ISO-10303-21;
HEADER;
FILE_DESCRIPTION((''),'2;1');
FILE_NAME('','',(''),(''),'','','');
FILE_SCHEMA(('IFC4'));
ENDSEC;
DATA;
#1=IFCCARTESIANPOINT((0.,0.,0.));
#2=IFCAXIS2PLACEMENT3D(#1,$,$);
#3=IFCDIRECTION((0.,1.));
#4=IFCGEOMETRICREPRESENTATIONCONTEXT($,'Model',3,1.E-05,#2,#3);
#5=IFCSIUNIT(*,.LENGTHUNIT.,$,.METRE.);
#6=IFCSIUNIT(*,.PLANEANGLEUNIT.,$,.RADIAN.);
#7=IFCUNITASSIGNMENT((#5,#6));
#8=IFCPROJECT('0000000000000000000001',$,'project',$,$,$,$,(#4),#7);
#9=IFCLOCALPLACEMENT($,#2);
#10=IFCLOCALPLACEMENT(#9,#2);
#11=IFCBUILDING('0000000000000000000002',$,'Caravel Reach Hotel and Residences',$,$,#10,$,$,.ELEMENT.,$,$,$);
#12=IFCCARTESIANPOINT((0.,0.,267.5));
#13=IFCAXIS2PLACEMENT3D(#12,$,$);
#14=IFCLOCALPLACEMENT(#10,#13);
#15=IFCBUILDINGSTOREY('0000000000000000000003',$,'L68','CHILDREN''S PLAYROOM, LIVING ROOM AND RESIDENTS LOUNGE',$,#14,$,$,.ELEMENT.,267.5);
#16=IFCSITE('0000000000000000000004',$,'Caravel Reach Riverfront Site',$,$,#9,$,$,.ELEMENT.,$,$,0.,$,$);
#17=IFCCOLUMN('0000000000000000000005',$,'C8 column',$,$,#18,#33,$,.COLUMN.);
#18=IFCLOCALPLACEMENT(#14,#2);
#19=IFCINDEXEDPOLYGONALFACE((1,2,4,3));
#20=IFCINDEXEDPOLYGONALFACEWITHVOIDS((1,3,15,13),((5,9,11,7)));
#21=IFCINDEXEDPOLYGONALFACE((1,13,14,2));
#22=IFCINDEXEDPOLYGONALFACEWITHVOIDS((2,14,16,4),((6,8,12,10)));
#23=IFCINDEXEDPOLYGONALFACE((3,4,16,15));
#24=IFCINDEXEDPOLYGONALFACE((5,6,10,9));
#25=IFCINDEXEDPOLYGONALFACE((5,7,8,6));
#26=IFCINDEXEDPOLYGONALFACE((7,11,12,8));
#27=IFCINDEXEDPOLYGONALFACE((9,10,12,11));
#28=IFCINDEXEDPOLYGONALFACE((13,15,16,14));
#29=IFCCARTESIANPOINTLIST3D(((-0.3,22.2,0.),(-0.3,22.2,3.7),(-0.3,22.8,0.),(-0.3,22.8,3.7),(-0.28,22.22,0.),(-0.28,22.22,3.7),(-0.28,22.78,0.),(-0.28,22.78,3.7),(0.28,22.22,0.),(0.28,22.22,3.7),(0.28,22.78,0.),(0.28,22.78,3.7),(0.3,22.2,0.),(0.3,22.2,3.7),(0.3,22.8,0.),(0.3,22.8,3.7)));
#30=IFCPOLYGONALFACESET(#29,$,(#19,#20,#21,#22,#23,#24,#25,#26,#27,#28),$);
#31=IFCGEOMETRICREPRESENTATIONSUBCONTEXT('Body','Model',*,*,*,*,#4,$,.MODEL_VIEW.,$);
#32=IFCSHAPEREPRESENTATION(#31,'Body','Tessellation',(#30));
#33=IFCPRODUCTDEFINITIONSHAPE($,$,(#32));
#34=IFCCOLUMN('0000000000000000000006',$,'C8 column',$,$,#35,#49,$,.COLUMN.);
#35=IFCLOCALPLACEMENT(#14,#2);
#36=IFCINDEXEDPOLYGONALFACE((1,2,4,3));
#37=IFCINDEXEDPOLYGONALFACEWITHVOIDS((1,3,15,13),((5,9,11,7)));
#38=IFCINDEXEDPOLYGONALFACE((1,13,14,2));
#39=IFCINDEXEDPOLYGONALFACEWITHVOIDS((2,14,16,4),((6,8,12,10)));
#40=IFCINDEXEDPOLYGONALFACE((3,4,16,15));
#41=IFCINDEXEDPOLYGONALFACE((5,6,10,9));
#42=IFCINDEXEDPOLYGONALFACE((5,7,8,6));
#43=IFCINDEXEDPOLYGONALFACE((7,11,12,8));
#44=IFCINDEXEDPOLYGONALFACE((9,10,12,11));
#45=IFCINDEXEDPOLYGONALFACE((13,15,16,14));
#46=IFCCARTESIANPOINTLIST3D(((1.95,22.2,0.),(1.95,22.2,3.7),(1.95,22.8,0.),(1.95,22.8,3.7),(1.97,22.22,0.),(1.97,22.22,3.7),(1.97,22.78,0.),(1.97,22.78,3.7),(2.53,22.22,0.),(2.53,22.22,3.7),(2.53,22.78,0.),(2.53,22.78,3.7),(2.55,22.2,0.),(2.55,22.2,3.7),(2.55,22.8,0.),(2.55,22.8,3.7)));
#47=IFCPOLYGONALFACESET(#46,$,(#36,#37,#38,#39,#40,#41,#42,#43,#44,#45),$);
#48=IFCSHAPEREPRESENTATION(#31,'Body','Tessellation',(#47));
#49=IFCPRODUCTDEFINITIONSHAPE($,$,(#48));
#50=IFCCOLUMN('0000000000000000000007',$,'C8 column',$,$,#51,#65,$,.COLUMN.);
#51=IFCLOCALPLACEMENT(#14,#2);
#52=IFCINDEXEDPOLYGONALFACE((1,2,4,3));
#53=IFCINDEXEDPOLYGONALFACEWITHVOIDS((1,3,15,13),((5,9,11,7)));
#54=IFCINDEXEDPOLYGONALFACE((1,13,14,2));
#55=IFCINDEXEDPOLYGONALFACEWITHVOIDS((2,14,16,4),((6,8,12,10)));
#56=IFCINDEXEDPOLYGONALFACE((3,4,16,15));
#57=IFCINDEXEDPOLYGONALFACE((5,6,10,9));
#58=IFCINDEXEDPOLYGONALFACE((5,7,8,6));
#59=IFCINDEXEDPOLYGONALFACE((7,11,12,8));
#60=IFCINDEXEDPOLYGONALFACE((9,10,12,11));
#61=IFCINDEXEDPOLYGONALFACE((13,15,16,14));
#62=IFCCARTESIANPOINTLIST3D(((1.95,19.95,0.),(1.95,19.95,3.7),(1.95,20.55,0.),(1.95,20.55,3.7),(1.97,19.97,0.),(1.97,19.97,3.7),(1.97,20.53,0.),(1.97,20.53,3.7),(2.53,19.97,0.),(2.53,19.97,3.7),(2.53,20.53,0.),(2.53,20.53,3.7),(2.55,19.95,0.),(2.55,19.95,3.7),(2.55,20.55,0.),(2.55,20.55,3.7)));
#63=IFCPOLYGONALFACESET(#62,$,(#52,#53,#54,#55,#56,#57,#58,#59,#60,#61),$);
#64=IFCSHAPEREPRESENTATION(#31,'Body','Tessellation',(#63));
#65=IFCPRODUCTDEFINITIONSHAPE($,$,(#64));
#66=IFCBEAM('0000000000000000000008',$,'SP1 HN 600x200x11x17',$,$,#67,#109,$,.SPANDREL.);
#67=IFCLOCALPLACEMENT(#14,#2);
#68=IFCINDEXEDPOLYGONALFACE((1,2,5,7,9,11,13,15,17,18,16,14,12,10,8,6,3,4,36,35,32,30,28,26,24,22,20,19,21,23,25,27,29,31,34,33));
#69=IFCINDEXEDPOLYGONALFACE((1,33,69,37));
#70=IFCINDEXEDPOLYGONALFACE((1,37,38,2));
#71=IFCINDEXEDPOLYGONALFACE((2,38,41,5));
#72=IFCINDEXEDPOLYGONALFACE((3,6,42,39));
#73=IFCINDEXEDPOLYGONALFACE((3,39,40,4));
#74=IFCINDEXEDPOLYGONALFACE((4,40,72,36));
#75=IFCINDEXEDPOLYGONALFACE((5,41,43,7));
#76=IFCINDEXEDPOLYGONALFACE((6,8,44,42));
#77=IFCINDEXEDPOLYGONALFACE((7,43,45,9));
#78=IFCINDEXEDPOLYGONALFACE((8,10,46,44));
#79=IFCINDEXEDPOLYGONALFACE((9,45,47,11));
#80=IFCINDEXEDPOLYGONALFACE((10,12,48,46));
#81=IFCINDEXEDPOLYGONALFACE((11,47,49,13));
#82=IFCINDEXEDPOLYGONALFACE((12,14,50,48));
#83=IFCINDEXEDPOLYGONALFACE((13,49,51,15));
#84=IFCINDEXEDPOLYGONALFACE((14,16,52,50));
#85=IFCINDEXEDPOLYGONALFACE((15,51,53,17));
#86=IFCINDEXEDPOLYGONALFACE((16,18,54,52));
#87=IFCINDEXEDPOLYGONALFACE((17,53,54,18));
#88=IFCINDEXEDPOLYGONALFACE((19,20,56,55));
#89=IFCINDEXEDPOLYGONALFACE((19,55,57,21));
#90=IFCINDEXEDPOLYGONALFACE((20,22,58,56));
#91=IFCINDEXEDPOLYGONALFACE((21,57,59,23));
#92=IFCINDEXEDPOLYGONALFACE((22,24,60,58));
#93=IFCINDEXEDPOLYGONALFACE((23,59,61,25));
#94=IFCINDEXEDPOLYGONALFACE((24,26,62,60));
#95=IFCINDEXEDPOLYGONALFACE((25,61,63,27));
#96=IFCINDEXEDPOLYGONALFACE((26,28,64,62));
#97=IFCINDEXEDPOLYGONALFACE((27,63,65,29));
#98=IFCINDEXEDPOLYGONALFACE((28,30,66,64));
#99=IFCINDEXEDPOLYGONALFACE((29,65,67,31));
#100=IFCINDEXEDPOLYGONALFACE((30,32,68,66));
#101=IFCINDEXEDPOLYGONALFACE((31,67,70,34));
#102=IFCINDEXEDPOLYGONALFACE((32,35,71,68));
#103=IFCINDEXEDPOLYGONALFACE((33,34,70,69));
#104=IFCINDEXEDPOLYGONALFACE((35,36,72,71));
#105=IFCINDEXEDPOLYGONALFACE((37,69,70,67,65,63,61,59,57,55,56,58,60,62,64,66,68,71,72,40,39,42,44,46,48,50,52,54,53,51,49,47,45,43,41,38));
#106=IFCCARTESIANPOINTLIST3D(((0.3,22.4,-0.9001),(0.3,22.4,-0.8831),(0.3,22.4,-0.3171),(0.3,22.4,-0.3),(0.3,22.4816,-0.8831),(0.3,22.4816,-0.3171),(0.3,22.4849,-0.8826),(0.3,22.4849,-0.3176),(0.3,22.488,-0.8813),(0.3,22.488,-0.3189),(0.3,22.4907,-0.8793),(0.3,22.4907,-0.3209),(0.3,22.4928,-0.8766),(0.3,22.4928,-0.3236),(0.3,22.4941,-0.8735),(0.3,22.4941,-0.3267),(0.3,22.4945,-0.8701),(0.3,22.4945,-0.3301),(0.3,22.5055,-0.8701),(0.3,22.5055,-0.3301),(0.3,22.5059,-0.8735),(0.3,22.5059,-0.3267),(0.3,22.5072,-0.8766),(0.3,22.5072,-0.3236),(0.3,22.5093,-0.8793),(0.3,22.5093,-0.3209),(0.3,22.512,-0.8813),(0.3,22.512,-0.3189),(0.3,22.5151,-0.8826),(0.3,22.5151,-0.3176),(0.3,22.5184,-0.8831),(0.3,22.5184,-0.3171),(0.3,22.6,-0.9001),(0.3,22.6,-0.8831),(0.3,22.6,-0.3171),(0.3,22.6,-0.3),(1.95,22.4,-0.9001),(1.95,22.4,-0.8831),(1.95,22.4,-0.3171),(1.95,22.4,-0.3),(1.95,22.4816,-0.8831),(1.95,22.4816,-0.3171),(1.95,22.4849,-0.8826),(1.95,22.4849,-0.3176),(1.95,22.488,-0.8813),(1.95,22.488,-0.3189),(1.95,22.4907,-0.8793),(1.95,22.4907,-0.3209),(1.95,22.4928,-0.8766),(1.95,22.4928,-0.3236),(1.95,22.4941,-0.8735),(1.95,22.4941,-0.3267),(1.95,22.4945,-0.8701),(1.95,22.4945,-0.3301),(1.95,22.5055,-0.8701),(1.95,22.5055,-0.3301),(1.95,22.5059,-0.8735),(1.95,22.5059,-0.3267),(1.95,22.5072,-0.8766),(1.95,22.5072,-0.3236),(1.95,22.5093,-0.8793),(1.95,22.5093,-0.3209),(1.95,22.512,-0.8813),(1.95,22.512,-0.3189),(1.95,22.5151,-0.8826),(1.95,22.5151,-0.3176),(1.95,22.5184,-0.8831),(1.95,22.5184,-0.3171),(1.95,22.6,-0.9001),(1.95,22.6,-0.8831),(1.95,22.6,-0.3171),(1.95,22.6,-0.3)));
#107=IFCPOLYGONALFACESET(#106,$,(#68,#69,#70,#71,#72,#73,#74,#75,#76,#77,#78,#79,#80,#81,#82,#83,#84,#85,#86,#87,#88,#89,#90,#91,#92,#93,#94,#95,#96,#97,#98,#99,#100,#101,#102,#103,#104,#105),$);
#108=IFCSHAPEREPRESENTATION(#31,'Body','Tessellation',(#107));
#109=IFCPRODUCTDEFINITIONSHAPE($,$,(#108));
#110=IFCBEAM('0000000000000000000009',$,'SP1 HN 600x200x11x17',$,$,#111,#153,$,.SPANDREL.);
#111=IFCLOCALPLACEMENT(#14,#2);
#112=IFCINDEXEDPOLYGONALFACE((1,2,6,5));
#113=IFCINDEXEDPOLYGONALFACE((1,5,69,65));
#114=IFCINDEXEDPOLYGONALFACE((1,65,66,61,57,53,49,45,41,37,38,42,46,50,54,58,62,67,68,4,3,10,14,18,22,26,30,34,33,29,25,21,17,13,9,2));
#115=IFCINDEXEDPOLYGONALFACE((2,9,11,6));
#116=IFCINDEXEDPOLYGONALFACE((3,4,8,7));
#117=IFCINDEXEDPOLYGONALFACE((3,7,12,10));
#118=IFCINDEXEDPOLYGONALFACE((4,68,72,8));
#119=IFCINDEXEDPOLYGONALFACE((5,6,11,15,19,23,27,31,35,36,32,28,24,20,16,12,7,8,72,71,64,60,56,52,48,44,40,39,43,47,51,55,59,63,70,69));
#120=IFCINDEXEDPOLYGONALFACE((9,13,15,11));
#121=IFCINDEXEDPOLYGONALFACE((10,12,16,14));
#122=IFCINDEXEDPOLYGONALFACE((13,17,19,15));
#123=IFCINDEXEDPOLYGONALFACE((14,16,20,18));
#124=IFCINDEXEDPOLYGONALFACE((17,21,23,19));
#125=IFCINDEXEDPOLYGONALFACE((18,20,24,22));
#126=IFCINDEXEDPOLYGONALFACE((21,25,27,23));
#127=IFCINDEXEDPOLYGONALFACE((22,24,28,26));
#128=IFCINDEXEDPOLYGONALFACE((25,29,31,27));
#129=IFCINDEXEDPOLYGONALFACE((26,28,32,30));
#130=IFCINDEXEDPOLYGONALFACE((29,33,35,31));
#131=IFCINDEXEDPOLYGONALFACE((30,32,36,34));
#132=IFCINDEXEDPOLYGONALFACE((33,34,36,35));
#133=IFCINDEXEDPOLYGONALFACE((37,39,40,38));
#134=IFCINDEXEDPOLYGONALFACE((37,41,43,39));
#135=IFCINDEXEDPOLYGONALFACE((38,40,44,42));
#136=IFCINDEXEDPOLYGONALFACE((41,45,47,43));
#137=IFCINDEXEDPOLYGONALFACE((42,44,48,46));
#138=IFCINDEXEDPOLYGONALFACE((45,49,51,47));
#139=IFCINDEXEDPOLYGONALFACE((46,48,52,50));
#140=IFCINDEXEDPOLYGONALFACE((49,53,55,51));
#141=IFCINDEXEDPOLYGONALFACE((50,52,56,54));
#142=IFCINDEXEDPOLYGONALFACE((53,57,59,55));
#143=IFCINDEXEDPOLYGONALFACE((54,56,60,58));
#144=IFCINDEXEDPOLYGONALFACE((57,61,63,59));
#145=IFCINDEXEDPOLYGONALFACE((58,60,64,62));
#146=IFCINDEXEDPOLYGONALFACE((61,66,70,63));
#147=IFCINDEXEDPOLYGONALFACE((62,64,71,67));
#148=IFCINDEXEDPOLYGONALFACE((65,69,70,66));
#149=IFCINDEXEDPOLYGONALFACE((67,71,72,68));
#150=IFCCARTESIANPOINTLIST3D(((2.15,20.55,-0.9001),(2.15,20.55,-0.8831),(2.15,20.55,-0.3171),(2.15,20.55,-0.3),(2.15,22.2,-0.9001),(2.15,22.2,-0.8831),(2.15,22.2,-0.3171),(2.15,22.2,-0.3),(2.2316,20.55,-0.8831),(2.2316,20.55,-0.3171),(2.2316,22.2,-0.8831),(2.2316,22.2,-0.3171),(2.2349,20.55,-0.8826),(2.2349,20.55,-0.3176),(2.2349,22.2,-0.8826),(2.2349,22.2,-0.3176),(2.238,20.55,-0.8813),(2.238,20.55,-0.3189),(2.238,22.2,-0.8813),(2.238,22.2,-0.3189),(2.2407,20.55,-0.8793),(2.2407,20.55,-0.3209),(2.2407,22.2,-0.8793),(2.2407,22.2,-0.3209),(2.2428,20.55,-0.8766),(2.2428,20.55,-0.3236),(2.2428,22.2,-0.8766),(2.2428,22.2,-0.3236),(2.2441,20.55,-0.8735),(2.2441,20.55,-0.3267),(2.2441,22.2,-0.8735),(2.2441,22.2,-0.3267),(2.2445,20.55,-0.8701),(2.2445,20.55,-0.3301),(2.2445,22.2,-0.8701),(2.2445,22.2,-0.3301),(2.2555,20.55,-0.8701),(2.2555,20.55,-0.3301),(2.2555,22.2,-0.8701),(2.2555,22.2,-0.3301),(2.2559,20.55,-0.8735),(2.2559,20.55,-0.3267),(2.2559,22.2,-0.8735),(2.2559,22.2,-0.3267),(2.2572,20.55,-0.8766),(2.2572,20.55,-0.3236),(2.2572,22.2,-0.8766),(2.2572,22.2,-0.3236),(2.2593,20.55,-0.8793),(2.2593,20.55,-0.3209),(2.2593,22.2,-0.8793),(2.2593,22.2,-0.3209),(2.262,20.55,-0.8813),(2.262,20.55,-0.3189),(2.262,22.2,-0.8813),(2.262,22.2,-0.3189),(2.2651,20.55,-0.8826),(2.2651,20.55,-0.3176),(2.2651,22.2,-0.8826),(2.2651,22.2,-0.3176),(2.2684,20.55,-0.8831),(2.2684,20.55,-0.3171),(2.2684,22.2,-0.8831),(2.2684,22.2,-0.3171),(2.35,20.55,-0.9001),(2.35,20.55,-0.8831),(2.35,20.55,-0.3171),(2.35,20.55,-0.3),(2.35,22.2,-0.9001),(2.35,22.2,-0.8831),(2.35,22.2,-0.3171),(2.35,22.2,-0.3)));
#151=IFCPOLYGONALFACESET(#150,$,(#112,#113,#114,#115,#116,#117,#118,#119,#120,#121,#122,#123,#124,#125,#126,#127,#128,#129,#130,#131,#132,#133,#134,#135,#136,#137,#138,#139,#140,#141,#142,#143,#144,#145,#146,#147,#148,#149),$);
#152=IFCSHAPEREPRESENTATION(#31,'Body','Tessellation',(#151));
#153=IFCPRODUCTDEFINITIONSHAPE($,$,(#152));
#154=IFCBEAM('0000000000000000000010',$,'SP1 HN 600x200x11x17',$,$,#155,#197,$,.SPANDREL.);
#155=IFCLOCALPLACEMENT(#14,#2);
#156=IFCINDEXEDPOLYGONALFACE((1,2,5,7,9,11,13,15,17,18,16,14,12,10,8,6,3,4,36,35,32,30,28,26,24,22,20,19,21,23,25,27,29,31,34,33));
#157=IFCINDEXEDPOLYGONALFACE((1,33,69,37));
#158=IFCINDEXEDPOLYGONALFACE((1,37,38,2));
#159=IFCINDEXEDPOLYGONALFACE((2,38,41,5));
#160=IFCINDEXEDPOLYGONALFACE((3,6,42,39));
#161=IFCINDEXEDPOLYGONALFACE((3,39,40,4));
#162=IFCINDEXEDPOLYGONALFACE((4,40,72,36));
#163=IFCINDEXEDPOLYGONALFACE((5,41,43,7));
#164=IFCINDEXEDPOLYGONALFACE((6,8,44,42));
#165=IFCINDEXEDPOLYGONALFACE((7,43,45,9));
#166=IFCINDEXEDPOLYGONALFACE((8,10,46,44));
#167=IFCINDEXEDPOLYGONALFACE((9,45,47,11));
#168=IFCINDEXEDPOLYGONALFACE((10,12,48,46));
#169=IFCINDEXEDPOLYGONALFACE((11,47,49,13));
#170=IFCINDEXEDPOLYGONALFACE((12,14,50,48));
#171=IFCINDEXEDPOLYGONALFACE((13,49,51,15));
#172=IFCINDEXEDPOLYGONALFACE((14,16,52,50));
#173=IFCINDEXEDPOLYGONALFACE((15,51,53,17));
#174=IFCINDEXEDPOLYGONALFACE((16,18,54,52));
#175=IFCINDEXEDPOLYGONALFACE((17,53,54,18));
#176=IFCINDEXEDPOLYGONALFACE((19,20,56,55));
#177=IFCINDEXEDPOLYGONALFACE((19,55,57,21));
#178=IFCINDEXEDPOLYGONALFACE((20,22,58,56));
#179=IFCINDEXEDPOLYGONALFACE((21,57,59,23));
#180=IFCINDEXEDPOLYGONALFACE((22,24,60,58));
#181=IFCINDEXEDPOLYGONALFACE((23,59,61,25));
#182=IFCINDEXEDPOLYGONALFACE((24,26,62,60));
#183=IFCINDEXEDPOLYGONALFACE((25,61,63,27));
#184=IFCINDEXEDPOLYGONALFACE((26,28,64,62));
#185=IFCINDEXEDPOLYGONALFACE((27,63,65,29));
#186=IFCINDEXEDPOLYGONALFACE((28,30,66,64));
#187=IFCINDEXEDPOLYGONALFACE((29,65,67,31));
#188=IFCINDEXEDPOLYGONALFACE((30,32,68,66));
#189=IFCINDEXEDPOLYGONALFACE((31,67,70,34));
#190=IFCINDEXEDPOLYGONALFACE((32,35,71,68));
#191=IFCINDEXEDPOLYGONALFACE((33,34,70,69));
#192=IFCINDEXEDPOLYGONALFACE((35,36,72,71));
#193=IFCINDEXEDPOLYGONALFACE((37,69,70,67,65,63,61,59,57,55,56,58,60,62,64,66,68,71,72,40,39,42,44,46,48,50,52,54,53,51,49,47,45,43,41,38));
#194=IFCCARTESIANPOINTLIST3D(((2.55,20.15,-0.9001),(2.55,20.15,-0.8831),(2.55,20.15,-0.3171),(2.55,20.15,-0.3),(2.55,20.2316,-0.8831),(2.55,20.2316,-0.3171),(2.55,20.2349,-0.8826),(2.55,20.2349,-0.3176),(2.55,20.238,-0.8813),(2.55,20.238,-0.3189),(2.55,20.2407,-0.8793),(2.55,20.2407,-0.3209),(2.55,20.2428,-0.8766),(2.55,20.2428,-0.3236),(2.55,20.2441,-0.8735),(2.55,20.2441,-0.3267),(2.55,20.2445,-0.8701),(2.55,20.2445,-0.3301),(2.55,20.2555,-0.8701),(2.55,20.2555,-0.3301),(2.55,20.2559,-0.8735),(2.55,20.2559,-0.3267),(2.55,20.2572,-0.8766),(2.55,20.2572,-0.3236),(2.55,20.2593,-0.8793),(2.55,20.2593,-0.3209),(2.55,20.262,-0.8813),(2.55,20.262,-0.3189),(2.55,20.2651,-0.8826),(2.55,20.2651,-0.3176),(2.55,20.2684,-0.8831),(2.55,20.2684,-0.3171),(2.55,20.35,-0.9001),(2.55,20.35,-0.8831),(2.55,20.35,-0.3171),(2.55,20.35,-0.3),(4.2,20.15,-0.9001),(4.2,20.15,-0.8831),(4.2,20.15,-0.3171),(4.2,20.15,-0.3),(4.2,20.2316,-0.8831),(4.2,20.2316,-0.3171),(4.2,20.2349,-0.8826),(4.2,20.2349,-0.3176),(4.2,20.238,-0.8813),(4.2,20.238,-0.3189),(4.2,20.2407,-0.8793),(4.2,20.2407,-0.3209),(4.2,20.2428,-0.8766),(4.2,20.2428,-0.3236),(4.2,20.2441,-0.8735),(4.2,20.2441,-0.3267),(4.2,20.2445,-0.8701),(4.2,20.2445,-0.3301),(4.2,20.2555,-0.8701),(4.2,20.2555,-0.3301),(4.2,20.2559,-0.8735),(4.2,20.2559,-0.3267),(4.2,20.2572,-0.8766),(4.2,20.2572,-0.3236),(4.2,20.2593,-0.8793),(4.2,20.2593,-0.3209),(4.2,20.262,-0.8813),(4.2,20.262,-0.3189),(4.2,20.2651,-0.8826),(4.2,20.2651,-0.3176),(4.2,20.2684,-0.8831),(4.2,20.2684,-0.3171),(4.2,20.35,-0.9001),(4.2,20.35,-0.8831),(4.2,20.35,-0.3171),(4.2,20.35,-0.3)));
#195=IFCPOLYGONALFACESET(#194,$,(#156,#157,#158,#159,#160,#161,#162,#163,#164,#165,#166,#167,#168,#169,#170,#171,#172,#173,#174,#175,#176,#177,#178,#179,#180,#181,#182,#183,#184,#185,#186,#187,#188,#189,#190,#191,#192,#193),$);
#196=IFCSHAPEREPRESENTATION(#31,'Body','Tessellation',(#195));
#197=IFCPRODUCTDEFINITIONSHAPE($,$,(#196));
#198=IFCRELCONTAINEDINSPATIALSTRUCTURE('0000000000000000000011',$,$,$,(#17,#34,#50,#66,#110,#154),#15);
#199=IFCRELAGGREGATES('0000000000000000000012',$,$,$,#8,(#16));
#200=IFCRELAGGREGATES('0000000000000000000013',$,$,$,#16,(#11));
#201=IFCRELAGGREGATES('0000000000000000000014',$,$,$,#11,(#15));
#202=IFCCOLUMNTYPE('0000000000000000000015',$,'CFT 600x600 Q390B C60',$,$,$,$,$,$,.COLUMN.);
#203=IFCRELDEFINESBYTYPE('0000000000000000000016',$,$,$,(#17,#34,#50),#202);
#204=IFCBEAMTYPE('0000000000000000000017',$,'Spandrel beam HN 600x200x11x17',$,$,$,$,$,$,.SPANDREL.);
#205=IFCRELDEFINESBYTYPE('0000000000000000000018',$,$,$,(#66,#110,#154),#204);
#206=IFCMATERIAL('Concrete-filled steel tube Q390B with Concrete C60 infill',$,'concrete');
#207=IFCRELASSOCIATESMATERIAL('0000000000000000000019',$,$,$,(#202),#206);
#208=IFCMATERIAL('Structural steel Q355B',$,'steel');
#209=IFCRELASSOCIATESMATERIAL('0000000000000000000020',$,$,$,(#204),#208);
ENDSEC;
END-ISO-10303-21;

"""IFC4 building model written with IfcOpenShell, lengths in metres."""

from ifc_helpers import new_model, si_unit, direction, frame, origin, origin_2d, place, context, subcontext, project, spatial, hollow_rectangle, i_section, extrude, material, material_profile, profile_set, type_object, element, save


model = new_model("IFC4")

# Units and contexts
model_context = context("Model", 3, precision=1e-05, world=origin(), true_north=direction((0.0, 1.0)))
body_context = subcontext(model_context, "Body", "Model", "MODEL_VIEW")
ifc_project = project(units=[si_unit("LENGTHUNIT", "METRE"), si_unit("PLANEANGLEUNIT", "RADIAN")], contexts=[model_context])

# Site, building, storey
site_placement = place(None, origin())
site = spatial("IfcSite", under=ifc_project, at=site_placement, Name="Caravel Reach Riverfront Site", CompositionType="ELEMENT", RefElevation=0.0)
building_placement = place(site_placement, origin())
building = spatial("IfcBuilding", under=site, at=building_placement, Name="Caravel Reach Hotel and Residences", CompositionType="ELEMENT")
storey_placement = place(building_placement, frame((0.0, 0.0, 267.5)))
storey = spatial("IfcBuildingStorey", under=building, at=storey_placement, Name="L68", Description="CHILDREN'S PLAYROOM, LIVING ROOM AND RESIDENTS LOUNGE", CompositionType="ELEMENT", Elevation=267.5)

# Columns
ifc_material_1 = material(Name="Concrete-filled steel tube Q390B with Concrete C60 infill", Category="concrete")
ifc_material_profile_1 = material_profile(ifc_material_1, hollow_rectangle(XDim=0.6001, YDim=0.6001, WallThickness=0.02, at=origin_2d()), Name="RHS 600x600x20")
ifc_profile_set_1 = profile_set([ifc_material_profile_1], Name="Concrete-filled steel tube Q390B with Concrete C60 infill")
column_type = type_object("IfcColumnType", Name="CFT 600x600 Q390B C60", PredefinedType="COLUMN", material=ifc_profile_set_1)
for number, where, z_axis, x_axis, name in (
    (1, (0.0, 22.5, 0.0), (0.0, 0.0, 1.0), (1.0, 0.0, 0.0), "C8 column"),
    (2, (2.25, 22.5, 0.0), (0.0, 0.0, 1.0), (1.0, 0.0, 0.0), "C8 column"),
    (3, (2.25, 20.25, 0.0), (0.0, 0.0, 1.0), (1.0, 0.0, 0.0), "C8 column"),
):
    element("IfcColumn", number, at=place(storey_placement, frame(where, z_axis=z_axis, x_axis=x_axis)), inside=storey, type_object=column_type, Name=name, PredefinedType="COLUMN", context=body_context, shape_type="SweptSolid", body=[
        extrude(hollow_rectangle(XDim=0.6001, YDim=0.6001, WallThickness=0.02, at=origin_2d()), origin(), (0.0, 0.0, 1.0), 3.7),
    ])

# Beams
ifc_material_2 = material(Name="Structural steel Q355B", Category="steel")
ifc_material_profile_2 = material_profile(ifc_material_2, i_section(OverallWidth=0.2, OverallDepth=0.6001, WebThickness=0.011, FlangeThickness=0.0171, FilletRadius=0.0129, at=origin_2d()), Name="HN 600x200x11x17")
ifc_profile_set_2 = profile_set([ifc_material_profile_2], Name="Structural steel Q355B")
beam_type = type_object("IfcBeamType", Name="Spandrel beam HN 600x200x11x17", PredefinedType="SPANDREL", material=ifc_profile_set_2)
for number, where, z_axis, x_axis, name in (
    (4, (0.3, 22.5, -0.6001), (1.0, 0.0, 0.0), (0.0, 1.0, 0.0), "SP1 HN 600x200x11x17"),
    (5, (2.25, 22.2, -0.6001), (0.0, -1.0, 0.0), (1.0, 0.0, 0.0), "SP1 HN 600x200x11x17"),
    (6, (2.55, 20.25, -0.6001), (1.0, 0.0, 0.0), (0.0, 1.0, 0.0), "SP1 HN 600x200x11x17"),
):
    element("IfcBeam", number, at=place(storey_placement, frame(where, z_axis=z_axis, x_axis=x_axis)), inside=storey, type_object=beam_type, Name=name, PredefinedType="SPANDREL", context=body_context, shape_type="SweptSolid", body=[
        extrude(i_section(OverallWidth=0.2, OverallDepth=0.6001, WebThickness=0.011, FlangeThickness=0.0171, FilletRadius=0.0129, at=origin_2d()), origin(), (0.0, 0.0, 1.0), 1.6499),
    ])

save(model, "model.ifc")
